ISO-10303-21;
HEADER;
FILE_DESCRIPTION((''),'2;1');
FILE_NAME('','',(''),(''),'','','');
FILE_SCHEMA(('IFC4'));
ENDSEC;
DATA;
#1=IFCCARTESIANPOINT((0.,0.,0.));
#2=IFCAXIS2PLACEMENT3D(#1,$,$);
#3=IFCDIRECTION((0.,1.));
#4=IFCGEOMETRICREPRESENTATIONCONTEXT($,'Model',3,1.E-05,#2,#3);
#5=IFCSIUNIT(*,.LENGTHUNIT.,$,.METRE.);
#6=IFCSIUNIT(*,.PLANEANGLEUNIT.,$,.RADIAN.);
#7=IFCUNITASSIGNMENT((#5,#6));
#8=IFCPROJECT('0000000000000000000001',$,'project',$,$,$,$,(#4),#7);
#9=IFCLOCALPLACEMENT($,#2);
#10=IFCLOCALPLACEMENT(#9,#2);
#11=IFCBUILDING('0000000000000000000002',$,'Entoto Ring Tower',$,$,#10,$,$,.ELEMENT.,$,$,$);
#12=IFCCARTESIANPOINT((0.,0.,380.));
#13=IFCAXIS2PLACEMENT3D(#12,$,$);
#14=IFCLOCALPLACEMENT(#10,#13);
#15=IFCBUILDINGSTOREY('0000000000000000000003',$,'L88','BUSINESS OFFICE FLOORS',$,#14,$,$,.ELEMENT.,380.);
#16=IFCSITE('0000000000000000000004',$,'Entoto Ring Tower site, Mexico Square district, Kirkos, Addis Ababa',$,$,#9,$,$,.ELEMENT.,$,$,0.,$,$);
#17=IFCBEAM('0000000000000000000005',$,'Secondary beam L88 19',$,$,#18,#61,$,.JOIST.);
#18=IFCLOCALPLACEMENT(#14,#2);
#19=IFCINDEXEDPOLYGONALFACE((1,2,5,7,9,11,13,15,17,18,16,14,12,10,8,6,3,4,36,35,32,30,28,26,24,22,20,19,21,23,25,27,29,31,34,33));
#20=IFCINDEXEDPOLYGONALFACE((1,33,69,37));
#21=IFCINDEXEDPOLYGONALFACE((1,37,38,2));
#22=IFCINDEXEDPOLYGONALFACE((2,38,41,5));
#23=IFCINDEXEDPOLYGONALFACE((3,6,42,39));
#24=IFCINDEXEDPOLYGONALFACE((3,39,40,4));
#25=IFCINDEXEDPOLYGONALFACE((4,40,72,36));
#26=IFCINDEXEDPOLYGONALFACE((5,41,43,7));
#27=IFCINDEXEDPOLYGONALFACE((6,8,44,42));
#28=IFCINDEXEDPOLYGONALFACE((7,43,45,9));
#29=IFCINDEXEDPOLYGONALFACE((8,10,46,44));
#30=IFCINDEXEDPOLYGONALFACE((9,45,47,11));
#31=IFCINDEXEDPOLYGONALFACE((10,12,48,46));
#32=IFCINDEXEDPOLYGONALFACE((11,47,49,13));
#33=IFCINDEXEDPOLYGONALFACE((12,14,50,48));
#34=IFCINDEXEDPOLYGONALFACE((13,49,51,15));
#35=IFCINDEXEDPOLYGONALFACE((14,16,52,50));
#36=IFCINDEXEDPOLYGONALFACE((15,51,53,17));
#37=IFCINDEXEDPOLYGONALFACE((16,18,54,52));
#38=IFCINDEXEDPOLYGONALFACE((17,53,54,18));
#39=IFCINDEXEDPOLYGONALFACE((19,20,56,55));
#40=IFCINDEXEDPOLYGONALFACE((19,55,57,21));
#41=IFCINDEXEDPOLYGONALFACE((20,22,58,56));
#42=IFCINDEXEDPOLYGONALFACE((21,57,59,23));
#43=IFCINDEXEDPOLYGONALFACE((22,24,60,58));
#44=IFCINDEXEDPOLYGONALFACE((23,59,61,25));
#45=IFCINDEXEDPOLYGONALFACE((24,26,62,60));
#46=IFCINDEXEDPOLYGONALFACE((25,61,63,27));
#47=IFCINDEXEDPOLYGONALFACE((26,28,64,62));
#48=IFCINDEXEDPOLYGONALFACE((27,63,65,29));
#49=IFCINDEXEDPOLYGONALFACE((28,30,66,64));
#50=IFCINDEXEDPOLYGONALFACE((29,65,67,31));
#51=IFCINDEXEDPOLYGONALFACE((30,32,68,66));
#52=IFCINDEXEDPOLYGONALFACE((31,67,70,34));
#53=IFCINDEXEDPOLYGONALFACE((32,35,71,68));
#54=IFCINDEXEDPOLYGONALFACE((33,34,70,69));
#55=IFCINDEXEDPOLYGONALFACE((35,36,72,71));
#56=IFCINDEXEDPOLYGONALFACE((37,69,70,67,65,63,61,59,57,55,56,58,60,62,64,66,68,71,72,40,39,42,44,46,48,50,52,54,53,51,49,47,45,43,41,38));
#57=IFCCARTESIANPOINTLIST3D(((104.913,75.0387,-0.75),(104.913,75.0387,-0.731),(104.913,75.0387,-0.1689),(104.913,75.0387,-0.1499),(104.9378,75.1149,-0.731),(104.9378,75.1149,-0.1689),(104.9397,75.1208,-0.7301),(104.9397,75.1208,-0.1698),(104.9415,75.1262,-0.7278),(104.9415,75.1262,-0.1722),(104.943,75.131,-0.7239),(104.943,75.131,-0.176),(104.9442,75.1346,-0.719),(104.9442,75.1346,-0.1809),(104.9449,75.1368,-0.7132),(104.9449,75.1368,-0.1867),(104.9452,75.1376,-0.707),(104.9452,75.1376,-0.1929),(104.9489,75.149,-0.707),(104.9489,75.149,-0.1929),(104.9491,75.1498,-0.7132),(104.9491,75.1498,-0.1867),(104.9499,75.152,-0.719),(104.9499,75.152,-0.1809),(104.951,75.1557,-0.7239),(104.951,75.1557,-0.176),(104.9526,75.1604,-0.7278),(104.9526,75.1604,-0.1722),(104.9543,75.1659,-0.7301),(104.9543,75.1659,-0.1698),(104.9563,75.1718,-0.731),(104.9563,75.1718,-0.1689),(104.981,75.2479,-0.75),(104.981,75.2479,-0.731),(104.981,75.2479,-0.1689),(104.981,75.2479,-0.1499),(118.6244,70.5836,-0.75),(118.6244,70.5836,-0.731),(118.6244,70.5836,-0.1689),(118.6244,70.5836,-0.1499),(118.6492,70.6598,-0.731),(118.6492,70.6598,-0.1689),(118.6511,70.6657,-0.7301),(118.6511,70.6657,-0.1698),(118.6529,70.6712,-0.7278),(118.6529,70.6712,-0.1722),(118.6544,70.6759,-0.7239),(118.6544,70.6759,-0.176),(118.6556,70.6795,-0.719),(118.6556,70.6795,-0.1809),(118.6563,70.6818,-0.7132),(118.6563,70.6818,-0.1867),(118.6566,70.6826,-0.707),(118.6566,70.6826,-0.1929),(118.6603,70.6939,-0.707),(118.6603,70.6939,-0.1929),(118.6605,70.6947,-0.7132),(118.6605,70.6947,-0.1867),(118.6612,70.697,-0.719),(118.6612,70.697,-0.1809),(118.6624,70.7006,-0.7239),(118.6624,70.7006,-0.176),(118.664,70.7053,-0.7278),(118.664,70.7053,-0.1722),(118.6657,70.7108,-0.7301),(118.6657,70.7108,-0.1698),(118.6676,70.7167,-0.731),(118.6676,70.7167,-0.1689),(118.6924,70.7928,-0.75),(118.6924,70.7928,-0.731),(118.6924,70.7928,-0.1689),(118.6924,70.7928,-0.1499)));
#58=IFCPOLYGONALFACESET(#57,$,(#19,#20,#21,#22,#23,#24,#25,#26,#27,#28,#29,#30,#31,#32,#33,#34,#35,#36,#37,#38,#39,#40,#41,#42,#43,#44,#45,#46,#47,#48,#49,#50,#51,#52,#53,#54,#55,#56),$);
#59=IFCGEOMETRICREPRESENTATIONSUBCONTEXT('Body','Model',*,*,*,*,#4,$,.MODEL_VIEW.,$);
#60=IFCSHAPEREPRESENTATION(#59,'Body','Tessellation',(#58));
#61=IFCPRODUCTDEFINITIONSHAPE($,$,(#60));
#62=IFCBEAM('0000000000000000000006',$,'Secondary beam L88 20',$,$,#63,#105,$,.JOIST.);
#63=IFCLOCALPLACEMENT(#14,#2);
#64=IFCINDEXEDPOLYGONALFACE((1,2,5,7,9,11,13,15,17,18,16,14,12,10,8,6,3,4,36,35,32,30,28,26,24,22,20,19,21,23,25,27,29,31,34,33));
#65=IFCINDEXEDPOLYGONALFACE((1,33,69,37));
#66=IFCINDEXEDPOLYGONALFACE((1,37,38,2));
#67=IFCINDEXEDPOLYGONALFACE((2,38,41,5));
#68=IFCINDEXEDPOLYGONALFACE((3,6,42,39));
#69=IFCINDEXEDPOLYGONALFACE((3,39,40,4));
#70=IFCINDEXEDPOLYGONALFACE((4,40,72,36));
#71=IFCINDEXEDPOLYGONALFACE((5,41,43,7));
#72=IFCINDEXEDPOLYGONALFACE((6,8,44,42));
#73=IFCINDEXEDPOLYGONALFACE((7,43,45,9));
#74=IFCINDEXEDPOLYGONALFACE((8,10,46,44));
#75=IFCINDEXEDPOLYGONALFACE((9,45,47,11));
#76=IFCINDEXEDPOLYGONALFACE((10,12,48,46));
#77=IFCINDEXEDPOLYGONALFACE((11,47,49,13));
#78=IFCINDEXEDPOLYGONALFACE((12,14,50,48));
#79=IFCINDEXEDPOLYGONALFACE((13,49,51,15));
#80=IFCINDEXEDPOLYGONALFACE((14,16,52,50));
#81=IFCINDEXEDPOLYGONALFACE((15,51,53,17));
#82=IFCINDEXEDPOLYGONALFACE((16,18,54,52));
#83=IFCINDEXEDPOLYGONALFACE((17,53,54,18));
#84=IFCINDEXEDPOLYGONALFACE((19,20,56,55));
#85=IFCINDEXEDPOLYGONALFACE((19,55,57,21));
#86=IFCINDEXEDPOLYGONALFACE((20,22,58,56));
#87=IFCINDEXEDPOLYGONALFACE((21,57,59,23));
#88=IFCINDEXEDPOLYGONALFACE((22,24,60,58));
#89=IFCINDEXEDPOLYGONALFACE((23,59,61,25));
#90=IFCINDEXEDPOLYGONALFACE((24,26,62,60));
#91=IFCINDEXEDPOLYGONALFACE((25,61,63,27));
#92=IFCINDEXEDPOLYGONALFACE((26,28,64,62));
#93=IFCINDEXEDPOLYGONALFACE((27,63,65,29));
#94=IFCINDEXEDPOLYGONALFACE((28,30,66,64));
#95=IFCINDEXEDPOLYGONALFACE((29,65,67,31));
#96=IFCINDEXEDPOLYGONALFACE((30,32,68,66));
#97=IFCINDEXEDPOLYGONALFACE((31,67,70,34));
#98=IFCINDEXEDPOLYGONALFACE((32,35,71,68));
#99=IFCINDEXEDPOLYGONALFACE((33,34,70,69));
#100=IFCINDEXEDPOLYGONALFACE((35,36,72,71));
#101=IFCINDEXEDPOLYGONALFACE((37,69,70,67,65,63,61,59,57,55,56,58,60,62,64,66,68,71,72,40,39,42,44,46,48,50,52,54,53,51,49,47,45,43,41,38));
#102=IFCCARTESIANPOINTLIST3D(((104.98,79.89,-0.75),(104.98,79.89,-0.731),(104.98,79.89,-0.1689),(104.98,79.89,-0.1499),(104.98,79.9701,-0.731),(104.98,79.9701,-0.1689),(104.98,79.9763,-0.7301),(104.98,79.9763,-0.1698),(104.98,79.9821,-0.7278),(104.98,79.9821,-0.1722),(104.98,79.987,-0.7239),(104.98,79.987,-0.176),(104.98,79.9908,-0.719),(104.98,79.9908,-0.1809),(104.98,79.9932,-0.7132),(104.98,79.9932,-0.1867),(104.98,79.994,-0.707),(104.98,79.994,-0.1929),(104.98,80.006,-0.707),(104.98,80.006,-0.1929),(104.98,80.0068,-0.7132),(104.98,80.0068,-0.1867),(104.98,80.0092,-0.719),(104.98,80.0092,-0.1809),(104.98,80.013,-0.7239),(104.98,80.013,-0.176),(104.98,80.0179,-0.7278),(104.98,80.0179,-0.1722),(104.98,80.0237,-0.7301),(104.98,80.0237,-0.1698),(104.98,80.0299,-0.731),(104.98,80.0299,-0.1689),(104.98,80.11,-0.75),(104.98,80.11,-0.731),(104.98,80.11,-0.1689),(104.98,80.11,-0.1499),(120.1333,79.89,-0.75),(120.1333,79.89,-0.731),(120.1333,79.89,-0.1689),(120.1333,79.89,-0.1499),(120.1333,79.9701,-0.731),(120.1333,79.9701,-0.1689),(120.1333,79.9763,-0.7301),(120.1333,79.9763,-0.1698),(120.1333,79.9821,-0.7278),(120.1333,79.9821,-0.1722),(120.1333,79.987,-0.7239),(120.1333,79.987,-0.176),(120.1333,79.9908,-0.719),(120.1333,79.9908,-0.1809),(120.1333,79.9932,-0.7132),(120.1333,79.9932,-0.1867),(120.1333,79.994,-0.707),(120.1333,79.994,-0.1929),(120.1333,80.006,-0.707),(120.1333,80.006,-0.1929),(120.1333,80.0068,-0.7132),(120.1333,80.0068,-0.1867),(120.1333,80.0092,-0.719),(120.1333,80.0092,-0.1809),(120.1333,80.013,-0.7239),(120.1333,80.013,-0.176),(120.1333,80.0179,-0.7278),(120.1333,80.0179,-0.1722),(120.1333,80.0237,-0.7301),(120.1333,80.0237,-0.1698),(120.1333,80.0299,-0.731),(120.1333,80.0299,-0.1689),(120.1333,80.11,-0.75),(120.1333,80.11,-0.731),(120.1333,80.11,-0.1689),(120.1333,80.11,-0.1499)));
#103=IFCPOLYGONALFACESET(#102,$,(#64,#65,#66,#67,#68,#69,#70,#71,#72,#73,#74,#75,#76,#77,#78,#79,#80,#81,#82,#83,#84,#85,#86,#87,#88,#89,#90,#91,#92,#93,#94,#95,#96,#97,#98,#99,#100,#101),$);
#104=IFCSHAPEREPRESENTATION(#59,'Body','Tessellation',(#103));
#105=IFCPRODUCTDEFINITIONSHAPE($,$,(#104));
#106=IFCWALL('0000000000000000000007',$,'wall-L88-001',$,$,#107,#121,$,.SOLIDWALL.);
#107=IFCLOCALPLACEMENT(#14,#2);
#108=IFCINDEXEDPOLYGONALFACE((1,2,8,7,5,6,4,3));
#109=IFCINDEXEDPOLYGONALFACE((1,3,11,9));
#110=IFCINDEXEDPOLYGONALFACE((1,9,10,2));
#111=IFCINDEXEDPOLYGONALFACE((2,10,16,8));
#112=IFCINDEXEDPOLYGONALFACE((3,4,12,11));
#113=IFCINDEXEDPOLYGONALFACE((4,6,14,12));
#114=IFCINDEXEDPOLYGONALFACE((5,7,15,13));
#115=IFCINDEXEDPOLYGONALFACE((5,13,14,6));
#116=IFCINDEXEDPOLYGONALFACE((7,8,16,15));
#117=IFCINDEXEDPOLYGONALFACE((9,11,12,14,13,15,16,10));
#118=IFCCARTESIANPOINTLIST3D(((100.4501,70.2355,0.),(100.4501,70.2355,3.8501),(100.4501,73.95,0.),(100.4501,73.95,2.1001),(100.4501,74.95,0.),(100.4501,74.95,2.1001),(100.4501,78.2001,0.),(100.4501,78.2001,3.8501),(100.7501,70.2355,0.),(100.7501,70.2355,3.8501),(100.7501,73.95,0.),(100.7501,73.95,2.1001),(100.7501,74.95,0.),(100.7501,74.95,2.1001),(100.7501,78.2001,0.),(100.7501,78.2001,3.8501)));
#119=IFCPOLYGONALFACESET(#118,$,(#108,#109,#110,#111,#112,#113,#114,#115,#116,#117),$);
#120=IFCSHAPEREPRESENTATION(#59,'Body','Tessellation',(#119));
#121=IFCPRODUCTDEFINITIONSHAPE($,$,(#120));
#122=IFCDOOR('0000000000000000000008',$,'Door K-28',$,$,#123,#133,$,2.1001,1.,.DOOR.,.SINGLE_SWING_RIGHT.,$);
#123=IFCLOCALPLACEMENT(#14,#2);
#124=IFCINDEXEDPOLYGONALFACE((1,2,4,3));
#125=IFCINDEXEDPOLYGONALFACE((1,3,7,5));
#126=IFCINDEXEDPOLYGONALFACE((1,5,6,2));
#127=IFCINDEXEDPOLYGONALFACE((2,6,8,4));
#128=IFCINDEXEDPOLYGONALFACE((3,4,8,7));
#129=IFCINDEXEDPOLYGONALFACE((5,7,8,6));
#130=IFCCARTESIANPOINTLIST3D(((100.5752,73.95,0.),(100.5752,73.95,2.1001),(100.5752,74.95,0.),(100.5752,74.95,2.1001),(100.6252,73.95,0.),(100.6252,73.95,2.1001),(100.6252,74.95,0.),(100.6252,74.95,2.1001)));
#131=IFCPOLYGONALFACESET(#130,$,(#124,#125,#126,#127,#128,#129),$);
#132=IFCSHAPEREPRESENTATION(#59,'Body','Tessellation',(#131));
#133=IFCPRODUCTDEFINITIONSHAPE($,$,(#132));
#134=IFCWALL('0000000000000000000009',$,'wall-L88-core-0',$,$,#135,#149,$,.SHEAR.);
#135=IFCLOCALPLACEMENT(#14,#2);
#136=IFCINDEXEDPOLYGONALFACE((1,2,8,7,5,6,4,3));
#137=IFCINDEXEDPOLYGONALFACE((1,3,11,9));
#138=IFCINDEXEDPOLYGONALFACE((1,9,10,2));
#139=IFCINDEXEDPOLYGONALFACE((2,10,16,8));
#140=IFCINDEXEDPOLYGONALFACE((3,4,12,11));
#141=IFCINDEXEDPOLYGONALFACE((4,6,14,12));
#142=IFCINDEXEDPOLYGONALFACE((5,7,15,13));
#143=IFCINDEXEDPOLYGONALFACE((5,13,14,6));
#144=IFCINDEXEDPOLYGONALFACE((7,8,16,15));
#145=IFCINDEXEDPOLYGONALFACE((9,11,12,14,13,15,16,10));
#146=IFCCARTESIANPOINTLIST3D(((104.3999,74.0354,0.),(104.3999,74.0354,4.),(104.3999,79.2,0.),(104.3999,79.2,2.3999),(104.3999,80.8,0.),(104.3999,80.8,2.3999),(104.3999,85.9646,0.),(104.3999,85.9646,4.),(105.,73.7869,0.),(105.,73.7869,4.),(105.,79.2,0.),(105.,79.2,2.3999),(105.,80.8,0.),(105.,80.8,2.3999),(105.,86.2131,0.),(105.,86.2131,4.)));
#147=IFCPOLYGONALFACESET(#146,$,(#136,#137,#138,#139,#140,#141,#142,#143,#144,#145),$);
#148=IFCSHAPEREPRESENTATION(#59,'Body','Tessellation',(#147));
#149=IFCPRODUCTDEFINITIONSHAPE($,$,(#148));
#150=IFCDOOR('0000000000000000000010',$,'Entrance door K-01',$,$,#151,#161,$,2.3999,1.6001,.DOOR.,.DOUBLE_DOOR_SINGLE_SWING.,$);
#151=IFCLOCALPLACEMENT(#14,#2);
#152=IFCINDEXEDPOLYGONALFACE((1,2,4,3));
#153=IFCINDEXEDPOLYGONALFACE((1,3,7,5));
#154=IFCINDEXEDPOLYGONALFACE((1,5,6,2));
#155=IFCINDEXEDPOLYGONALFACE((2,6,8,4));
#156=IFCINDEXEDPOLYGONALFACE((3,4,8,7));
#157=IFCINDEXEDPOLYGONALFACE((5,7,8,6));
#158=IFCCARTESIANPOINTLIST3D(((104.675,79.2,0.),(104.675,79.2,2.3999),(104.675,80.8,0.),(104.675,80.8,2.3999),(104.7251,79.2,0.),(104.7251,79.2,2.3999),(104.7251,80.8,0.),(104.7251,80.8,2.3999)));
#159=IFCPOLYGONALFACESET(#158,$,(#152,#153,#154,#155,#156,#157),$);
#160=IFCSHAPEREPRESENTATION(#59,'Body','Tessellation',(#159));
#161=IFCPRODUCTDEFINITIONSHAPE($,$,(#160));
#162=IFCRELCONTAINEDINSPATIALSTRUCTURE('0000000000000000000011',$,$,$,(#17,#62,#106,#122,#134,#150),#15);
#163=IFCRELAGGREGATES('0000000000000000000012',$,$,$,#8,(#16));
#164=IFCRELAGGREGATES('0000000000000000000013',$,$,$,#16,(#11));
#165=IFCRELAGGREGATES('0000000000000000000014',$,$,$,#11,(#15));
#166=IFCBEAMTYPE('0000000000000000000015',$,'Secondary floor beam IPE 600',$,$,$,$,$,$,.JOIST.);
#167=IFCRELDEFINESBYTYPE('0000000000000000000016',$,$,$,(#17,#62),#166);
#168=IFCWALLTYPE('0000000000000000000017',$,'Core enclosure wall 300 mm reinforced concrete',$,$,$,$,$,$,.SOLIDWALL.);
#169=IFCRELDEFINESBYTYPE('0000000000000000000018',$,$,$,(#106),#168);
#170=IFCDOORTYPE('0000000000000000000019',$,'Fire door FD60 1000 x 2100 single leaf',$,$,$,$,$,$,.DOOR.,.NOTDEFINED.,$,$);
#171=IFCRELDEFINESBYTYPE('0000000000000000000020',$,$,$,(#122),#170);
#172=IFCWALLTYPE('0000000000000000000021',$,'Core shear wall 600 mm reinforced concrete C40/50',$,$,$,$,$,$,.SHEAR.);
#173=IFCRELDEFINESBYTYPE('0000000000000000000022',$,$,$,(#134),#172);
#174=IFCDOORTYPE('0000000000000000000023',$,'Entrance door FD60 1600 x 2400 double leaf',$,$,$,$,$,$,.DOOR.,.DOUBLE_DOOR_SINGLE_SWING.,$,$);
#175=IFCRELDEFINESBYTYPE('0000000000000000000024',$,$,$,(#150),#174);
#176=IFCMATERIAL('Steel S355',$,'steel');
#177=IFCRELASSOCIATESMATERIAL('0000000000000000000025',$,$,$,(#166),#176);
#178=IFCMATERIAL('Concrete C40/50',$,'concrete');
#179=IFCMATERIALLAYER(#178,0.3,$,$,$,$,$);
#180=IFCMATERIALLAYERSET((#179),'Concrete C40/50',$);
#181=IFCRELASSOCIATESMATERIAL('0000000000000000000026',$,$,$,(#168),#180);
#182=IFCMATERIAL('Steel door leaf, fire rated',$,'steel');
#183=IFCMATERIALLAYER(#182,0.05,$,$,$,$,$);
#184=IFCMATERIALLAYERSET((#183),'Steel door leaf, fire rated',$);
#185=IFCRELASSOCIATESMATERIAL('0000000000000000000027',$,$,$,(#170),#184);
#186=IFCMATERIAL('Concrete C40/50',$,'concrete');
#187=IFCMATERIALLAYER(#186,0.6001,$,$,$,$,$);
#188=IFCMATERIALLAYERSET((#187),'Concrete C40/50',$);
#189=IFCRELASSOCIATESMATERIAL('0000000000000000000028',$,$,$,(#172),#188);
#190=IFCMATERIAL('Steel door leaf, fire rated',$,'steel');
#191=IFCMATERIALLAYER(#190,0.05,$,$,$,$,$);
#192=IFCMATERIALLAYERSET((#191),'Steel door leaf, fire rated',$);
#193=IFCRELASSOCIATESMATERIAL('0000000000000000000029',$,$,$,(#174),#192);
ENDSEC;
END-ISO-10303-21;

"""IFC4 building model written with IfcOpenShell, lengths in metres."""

from ifc_helpers import new_model, si_unit, direction, frame, frame_2d, origin, origin_2d, place, context, subcontext, project, spatial, polyline, rectangle, i_section, outline, extrude, material, layer, layer_set, material_profile, profile_set, type_object, element, fill, save


model = new_model("IFC4")

# Units and contexts
model_context = context("Model", 3, precision=1e-05, world=origin(), true_north=direction((0.0, 1.0)))
body_context = subcontext(model_context, "Body", "Model", "MODEL_VIEW")
ifc_project = project(units=[si_unit("LENGTHUNIT", "METRE"), si_unit("PLANEANGLEUNIT", "RADIAN")], contexts=[model_context])

# Site, building, storey
site_placement = place(None, origin())
site = spatial("IfcSite", under=ifc_project, at=site_placement, Name="Entoto Ring Tower site, Mexico Square district, Kirkos, Addis Ababa", CompositionType="ELEMENT", RefElevation=0.0)
building_placement = place(site_placement, origin())
building = spatial("IfcBuilding", under=site, at=building_placement, Name="Entoto Ring Tower", CompositionType="ELEMENT")
storey_placement = place(building_placement, frame((0.0, 0.0, 380.0)))
storey = spatial("IfcBuildingStorey", under=building, at=storey_placement, Name="L88", Description="BUSINESS OFFICE FLOORS", CompositionType="ELEMENT", Elevation=380.0)

# Beams
ifc_material_1 = material(Name="Steel S355", Category="steel")
ifc_material_profile_1 = material_profile(ifc_material_1, i_section(OverallWidth=0.22, OverallDepth=0.6001, WebThickness=0.012, FlangeThickness=0.019, FilletRadius=0.0239, at=origin_2d()), Name="IPE 600")
ifc_profile_set_1 = profile_set([ifc_material_profile_1], Name="Steel S355")
beam_type_1 = type_object("IfcBeamType", Name="Secondary floor beam IPE 600", PredefinedType="JOIST", material=ifc_profile_set_1)
beam_1_placement = place(storey_placement, frame((104.947, 75.1433, -0.45), z_axis=(0.951057, -0.309015, 0.0), x_axis=(0.309015, 0.951057, 0.0)))
element("IfcBeam", 1, at=beam_1_placement, inside=storey, type_object=beam_type_1, Name="Secondary beam L88 19", PredefinedType="JOIST", context=body_context, shape_type="SweptSolid", body=[
    extrude(i_section(OverallWidth=0.22, OverallDepth=0.6001, WebThickness=0.012, FlangeThickness=0.019, FilletRadius=0.0239, at=origin_2d()), origin(), (0.0, 0.0, 1.0), 14.417),
])
beam_2_placement = place(storey_placement, frame((104.98, 80.0, -0.45), z_axis=(1.0, 0.0, 0.0), x_axis=(0.0, 1.0, 0.0)))
element("IfcBeam", 2, at=beam_2_placement, inside=storey, type_object=beam_type_1, Name="Secondary beam L88 20", PredefinedType="JOIST", context=body_context, shape_type="SweptSolid", body=[
    extrude(i_section(OverallWidth=0.22, OverallDepth=0.6001, WebThickness=0.012, FlangeThickness=0.019, FilletRadius=0.0239, at=origin_2d()), origin(), (0.0, 0.0, 1.0), 15.1533),
])

# Walls, openings, doors
ifc_material_2 = material(Name="Concrete C40/50", Category="concrete")
ifc_layer_1 = layer(ifc_material_2, 0.3)
ifc_layer_set_1 = layer_set([ifc_layer_1], Name="Concrete C40/50")
wall_type_1 = type_object("IfcWallType", Name="Core enclosure wall 300 mm reinforced concrete", PredefinedType="SOLIDWALL", material=ifc_layer_set_1)
wall_1_placement = place(storey_placement, frame((100.6001, 70.2354, 0.0), z_axis=(0.0, 0.0, 1.0), x_axis=(0.0, 1.0, 0.0)))
wall_1 = element("IfcWall", 3, at=wall_1_placement, inside=storey, type_object=wall_type_1, Name="wall-L88-001", PredefinedType="SOLIDWALL", context=body_context, shape_type="SweptSolid", body=[
    extrude(rectangle(XDim=7.9646, YDim=0.3, at=frame_2d((3.9824, 0.0))), origin(), (0.0, 0.0, 1.0), 3.8501),
])
opening_1_placement = place(wall_1_placement, frame((3.7146, 0.0, 0.0)))
opening_1 = element("IfcOpeningElement", 4, at=opening_1_placement, cuts=wall_1, PredefinedType="OPENING", context=body_context, shape_type="SweptSolid", body=[
    extrude(rectangle(XDim=1.0, YDim=2.1001, at=frame_2d((0.5, 1.05))), frame((0.0, 0.1602, 0.0), z_axis=(0.0, -1.0, 0.0), x_axis=(1.0, 0.0, 0.0)), (0.0, 0.0, 1.0), 0.3201),
])
ifc_material_3 = material(Name="Steel door leaf, fire rated", Category="steel")
ifc_layer_2 = layer(ifc_material_3, 0.05)
ifc_layer_set_2 = layer_set([ifc_layer_2], Name="Steel door leaf, fire rated")
door_type_1 = type_object("IfcDoorType", Name="Fire door FD60 1000 x 2100 single leaf", OperationType="NOTDEFINED", PredefinedType="DOOR", material=ifc_layer_set_2)
door_1_placement = place(opening_1_placement, origin())
door_1 = element("IfcDoor", 5, at=door_1_placement, inside=storey, type_object=door_type_1, Name="Door K-28", OperationType="SINGLE_SWING_RIGHT", OverallHeight=2.1001, OverallWidth=1.0, PredefinedType="DOOR", context=body_context, shape_type="SweptSolid", body=[
    extrude(rectangle(XDim=1.0, YDim=2.1001, at=frame_2d((0.5, 1.05))), frame((0.0, 0.0249, 0.0), z_axis=(0.0, -1.0, 0.0), x_axis=(1.0, 0.0, 0.0)), (0.0, 0.0, 1.0), 0.05),
])
fill(opening_1, door_1)
ifc_material_4 = material(Name="Concrete C40/50", Category="concrete")
ifc_layer_3 = layer(ifc_material_4, 0.6001)
ifc_layer_set_3 = layer_set([ifc_layer_3], Name="Concrete C40/50")
wall_type_2 = type_object("IfcWallType", Name="Core shear wall 600 mm reinforced concrete C40/50", PredefinedType="SHEAR", material=ifc_layer_set_3)
wall_2_placement = place(storey_placement, frame((104.7, 73.9111, 0.0), z_axis=(0.0, 0.0, 1.0), x_axis=(0.0, 1.0, 0.0)))
wall_2 = element("IfcWall", 6, at=wall_2_placement, inside=storey, type_object=wall_type_2, Name="wall-L88-core-0", PredefinedType="SHEAR", context=body_context, shape_type="SweptSolid", body=[
    extrude(outline(polyline([(-0.1243, -0.3), (12.302, -0.3), (12.0535, 0.3), (0.1243, 0.3), (-0.1243, -0.3)])), origin(), (0.0, 0.0, 1.0), 4.0),
])
opening_2_placement = place(wall_2_placement, frame((5.2888, 0.0, 0.0)))
opening_2 = element("IfcOpeningElement", 7, at=opening_2_placement, cuts=wall_2, PredefinedType="OPENING", context=body_context, shape_type="SweptSolid", body=[
    extrude(rectangle(XDim=1.6001, YDim=2.3999, at=frame_2d((0.8, 1.2))), frame((0.0, 0.3101, 0.0), z_axis=(0.0, -1.0, 0.0), x_axis=(1.0, 0.0, 0.0)), (0.0, 0.0, 1.0), 0.6201),
])
ifc_material_5 = material(Name="Steel door leaf, fire rated", Category="steel")
ifc_layer_4 = layer(ifc_material_5, 0.05)
ifc_layer_set_4 = layer_set([ifc_layer_4], Name="Steel door leaf, fire rated")
door_type_2 = type_object("IfcDoorType", Name="Entrance door FD60 1600 x 2400 double leaf", OperationType="DOUBLE_DOOR_SINGLE_SWING", PredefinedType="DOOR", material=ifc_layer_set_4)
door_2_placement = place(opening_2_placement, origin())
door_2 = element("IfcDoor", 8, at=door_2_placement, inside=storey, type_object=door_type_2, Name="Entrance door K-01", OperationType="DOUBLE_DOOR_SINGLE_SWING", OverallHeight=2.3999, OverallWidth=1.6001, PredefinedType="DOOR", context=body_context, shape_type="SweptSolid", body=[
    extrude(rectangle(XDim=1.6001, YDim=2.3999, at=frame_2d((0.8, 1.2))), frame((0.0, 0.0249, 0.0), z_axis=(0.0, -1.0, 0.0), x_axis=(1.0, 0.0, 0.0)), (0.0, 0.0, 1.0), 0.05),
])
fill(opening_2, door_2)

save(model, "model.ifc")
